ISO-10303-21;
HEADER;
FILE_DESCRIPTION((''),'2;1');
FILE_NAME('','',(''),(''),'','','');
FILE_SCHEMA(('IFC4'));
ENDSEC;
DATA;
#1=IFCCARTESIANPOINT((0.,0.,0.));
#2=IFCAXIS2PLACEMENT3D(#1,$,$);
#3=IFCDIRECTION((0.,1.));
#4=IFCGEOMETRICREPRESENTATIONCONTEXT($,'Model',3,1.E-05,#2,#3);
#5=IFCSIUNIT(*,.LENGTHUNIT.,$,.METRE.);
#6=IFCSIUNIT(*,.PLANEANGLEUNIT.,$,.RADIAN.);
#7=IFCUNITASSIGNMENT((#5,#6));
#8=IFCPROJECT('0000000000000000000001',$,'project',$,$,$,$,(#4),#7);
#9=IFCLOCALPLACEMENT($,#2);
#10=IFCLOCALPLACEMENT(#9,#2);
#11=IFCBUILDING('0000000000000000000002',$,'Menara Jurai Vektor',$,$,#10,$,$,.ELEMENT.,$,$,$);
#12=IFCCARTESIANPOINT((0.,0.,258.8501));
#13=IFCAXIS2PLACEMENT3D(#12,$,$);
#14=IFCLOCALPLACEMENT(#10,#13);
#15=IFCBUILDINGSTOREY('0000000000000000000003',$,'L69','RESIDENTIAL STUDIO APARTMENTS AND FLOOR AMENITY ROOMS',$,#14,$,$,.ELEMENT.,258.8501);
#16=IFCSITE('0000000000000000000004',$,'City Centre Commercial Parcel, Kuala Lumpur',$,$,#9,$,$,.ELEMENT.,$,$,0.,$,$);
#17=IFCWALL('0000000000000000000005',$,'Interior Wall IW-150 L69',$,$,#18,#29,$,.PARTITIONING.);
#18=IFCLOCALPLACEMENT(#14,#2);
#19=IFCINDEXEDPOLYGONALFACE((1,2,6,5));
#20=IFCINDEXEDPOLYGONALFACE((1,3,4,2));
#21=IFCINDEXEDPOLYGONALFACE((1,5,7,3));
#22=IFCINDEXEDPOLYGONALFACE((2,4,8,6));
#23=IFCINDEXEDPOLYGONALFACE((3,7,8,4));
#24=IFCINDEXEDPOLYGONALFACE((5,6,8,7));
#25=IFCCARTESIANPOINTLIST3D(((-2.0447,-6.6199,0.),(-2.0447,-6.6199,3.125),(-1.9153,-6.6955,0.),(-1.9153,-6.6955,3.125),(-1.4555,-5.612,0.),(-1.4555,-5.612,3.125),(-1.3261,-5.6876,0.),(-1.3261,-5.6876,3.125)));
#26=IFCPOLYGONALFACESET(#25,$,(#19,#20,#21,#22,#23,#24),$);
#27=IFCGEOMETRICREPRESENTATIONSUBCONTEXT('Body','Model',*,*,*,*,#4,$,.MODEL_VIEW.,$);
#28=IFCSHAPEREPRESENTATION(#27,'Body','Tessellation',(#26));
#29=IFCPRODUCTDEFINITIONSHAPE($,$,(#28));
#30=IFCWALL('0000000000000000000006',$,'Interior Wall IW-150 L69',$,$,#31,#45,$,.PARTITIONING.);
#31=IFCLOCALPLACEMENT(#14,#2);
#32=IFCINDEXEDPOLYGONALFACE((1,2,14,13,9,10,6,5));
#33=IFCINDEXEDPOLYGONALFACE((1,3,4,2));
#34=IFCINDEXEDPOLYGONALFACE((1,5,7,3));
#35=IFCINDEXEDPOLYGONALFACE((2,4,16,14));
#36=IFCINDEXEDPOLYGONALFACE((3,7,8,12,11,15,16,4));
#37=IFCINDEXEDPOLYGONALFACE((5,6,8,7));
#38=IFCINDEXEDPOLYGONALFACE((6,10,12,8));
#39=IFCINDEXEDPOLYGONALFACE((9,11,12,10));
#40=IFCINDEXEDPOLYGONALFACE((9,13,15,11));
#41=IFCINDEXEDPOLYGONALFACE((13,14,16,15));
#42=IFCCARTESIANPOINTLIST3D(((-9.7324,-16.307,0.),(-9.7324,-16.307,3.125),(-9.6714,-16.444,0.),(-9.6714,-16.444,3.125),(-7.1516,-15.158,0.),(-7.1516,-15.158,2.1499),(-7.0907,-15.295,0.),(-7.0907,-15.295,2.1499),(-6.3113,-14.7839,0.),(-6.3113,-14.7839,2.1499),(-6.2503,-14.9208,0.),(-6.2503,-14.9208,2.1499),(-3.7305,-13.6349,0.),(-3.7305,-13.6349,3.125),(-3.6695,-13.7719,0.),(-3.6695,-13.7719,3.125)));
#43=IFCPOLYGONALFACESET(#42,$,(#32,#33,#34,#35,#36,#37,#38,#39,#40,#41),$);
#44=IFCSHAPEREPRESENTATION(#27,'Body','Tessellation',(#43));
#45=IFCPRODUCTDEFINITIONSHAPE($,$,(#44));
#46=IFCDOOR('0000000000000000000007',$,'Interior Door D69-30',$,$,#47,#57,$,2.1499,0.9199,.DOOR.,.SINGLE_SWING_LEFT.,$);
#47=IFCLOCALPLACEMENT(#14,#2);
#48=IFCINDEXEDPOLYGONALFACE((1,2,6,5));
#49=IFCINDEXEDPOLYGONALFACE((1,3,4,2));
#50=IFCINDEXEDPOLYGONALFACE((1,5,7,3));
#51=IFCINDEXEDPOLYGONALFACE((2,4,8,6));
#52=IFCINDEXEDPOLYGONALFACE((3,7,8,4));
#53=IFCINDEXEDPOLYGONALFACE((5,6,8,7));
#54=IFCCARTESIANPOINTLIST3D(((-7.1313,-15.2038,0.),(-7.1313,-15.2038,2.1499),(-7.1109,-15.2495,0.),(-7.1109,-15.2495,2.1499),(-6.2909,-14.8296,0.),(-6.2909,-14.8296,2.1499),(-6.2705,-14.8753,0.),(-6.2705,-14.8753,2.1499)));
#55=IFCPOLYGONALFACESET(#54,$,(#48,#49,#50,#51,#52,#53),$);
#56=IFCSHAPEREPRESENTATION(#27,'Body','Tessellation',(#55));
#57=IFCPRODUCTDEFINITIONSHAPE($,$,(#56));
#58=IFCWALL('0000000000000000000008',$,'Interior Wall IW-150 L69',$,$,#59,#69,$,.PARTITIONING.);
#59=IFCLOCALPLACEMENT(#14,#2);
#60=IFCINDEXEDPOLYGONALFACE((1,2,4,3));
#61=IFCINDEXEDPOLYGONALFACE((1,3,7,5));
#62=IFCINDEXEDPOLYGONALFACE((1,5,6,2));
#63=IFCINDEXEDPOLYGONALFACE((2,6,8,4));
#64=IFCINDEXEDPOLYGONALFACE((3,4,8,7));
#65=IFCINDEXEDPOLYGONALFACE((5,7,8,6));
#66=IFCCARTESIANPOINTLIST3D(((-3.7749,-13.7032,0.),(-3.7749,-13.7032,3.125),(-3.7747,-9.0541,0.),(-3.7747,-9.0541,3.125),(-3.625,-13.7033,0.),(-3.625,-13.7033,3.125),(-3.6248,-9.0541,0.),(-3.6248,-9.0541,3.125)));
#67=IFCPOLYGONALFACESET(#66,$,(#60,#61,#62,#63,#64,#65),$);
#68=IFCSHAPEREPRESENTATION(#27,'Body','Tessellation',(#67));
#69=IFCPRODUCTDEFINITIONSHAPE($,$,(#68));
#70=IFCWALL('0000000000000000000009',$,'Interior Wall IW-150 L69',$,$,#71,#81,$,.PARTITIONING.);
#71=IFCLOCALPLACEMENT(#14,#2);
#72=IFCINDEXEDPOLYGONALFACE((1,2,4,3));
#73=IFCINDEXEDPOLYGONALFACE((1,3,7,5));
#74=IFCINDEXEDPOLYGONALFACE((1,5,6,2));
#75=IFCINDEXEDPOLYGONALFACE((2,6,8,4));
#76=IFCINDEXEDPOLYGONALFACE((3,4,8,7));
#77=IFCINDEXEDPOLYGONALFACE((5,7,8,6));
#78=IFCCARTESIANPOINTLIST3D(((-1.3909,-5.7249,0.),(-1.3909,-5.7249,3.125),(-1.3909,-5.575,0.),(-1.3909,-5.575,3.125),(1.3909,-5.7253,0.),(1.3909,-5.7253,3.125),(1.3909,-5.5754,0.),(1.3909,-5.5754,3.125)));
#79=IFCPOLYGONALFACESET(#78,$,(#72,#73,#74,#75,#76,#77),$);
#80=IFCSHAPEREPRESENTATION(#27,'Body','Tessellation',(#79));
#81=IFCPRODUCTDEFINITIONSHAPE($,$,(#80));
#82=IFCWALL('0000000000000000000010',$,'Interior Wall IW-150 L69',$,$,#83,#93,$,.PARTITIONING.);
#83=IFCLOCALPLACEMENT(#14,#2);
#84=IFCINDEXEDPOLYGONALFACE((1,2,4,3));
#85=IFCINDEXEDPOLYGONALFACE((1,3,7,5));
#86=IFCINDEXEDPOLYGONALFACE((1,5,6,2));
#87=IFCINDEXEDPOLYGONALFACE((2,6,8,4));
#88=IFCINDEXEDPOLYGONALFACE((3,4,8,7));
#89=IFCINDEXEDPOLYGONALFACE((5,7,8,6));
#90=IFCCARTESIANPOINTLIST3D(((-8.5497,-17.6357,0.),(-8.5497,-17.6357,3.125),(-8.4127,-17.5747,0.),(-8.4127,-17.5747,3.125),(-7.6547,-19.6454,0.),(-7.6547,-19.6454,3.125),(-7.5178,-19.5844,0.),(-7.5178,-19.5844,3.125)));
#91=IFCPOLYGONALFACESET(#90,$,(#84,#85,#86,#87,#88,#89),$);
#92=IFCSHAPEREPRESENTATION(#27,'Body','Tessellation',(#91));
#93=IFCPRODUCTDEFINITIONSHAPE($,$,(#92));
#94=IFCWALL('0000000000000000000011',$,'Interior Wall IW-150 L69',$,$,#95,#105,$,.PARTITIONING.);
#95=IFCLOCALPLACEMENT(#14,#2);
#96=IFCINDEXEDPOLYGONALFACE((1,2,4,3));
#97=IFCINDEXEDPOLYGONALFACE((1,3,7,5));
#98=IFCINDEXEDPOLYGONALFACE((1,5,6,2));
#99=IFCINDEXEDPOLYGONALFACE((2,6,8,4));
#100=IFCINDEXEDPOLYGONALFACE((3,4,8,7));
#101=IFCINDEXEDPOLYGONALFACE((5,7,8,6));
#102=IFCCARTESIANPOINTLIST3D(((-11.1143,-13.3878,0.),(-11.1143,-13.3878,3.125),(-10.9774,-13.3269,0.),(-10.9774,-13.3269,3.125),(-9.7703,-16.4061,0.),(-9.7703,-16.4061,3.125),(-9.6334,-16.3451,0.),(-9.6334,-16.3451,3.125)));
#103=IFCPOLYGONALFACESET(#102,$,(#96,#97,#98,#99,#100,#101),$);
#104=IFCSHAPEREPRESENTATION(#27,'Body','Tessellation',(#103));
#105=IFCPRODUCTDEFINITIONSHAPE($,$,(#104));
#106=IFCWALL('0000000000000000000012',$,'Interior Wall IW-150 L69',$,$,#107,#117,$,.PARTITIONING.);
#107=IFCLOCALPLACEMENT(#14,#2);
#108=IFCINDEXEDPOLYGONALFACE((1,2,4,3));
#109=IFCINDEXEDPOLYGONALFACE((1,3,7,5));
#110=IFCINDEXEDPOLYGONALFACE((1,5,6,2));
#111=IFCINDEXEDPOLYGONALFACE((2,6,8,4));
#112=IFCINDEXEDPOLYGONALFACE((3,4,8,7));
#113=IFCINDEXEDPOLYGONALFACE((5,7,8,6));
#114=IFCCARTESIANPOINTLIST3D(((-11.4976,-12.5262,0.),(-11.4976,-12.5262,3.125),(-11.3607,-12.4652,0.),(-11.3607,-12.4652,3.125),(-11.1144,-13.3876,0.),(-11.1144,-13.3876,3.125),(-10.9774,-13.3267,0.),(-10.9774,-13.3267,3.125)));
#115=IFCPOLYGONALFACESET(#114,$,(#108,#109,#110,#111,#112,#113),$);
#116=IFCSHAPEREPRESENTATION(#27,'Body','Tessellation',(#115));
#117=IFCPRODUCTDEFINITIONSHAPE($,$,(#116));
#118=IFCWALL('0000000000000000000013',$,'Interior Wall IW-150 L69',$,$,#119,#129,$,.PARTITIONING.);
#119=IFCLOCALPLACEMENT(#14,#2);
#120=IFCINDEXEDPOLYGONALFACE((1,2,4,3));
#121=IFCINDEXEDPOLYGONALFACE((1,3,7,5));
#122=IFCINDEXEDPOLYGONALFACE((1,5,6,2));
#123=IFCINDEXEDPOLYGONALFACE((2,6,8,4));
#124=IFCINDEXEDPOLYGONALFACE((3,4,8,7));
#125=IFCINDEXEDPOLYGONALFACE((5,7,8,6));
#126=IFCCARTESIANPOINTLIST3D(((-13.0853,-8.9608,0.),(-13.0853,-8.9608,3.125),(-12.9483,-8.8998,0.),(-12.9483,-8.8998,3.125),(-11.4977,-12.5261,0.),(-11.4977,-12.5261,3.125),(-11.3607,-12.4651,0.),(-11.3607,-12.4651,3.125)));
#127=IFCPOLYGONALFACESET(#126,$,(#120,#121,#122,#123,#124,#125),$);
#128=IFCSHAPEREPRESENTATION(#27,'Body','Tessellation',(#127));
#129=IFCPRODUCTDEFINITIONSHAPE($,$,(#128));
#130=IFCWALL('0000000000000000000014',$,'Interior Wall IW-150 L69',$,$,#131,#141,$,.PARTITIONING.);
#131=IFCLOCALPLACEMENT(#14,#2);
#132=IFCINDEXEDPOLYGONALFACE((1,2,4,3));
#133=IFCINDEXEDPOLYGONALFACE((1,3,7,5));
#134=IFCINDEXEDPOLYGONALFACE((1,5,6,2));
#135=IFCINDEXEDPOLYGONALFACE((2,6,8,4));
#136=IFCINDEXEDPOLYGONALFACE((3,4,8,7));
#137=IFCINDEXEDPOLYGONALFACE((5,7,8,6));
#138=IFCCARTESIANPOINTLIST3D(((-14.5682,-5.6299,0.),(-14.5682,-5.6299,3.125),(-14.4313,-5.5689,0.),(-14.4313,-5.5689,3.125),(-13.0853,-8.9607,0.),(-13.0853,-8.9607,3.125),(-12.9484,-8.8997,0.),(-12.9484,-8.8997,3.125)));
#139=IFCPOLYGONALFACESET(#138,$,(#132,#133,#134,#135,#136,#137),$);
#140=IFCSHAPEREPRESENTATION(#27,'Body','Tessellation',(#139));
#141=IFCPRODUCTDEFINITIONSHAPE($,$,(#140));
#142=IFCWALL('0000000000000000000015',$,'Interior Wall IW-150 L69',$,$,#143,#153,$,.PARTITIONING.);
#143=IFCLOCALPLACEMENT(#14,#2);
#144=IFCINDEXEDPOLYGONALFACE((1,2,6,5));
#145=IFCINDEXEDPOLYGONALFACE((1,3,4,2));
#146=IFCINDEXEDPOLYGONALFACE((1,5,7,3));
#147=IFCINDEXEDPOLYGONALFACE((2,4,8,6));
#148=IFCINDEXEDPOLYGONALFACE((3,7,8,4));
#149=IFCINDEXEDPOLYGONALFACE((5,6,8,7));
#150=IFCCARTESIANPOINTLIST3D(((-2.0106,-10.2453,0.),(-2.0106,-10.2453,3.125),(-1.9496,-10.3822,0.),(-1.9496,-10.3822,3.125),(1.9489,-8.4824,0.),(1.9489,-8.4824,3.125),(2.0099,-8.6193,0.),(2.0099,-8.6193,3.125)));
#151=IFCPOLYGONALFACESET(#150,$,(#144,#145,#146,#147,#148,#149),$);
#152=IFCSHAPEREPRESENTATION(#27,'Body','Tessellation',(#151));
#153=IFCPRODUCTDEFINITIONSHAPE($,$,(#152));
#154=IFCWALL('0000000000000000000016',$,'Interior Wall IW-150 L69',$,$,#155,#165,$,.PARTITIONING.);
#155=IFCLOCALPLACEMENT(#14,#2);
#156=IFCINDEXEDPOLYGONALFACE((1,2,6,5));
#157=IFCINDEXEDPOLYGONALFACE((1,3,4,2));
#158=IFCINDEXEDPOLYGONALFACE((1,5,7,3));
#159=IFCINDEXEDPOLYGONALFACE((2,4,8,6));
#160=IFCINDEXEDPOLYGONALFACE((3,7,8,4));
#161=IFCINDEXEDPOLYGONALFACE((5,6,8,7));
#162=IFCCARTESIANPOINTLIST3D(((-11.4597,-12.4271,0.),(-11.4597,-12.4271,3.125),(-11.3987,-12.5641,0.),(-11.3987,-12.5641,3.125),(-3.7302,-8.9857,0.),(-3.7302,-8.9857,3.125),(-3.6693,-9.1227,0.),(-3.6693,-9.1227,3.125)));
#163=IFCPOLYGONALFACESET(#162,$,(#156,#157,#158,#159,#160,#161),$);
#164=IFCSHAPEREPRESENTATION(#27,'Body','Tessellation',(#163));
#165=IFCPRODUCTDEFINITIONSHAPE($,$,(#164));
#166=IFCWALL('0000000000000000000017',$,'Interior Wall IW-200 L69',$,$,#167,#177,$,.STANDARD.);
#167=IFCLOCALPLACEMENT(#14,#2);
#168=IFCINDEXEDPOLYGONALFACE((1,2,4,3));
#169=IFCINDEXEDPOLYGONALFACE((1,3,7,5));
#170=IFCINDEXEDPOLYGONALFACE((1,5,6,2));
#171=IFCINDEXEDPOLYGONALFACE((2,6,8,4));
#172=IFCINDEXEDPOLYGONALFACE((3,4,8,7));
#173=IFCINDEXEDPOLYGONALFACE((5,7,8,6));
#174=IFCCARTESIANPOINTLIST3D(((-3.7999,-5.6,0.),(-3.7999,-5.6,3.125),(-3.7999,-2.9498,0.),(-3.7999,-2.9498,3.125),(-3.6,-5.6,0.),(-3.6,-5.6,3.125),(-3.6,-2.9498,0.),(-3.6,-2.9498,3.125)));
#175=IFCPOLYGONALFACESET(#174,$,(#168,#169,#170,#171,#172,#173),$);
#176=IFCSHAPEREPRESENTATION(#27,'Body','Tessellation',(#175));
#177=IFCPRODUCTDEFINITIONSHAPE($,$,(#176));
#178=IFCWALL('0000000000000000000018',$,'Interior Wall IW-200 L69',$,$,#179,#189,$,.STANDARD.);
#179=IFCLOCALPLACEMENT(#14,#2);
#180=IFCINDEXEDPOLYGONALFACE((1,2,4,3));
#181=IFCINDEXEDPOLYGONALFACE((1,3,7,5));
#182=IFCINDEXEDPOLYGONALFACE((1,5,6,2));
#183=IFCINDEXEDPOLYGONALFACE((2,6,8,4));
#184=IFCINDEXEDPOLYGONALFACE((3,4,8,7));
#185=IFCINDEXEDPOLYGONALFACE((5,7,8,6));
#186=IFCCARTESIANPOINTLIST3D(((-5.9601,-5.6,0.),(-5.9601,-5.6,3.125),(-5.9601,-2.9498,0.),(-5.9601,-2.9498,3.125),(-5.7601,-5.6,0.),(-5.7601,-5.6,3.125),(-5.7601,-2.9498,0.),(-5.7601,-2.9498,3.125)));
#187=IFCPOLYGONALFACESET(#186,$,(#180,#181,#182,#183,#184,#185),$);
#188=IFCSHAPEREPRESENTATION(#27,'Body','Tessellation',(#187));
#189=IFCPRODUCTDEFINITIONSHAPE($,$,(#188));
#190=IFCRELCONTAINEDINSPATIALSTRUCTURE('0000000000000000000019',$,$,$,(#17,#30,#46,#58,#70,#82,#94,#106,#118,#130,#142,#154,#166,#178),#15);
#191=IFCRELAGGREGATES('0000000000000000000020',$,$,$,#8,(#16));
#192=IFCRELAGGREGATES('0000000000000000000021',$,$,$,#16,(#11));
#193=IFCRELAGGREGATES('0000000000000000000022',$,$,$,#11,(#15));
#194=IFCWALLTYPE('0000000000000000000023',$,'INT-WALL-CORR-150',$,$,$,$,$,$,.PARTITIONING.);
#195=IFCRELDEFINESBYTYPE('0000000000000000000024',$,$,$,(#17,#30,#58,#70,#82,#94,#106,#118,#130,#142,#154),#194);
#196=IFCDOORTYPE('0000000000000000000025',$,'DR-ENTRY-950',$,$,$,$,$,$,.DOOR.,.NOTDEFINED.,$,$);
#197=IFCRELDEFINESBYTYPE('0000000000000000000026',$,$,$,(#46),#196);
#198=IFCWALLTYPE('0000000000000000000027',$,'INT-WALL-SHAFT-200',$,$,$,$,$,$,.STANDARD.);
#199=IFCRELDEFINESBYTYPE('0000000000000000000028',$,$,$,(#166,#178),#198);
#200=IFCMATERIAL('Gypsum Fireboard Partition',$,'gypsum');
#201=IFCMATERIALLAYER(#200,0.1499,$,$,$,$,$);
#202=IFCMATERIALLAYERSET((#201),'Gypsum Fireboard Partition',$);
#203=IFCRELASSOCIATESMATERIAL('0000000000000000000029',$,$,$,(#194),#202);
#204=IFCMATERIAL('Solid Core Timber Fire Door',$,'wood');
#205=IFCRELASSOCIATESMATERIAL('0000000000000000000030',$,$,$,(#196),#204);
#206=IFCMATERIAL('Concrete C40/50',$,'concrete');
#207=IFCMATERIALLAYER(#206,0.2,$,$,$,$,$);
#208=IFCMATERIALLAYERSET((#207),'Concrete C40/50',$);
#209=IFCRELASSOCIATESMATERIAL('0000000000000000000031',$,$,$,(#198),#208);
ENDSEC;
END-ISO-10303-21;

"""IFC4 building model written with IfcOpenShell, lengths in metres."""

from ifc_helpers import new_model, si_unit, direction, frame, frame_2d, origin, place, context, subcontext, project, spatial, rectangle, extrude, material, layer, layer_set, type_object, element, fill, save


model = new_model("IFC4")

# Units and contexts
model_context = context("Model", 3, precision=1e-05, world=origin(), true_north=direction((0.0, 1.0)))
body_context = subcontext(model_context, "Body", "Model", "MODEL_VIEW")
ifc_project = project(units=[si_unit("LENGTHUNIT", "METRE"), si_unit("PLANEANGLEUNIT", "RADIAN")], contexts=[model_context])

# Site, building, storey
site_placement = place(None, origin())
site = spatial("IfcSite", under=ifc_project, at=site_placement, Name="City Centre Commercial Parcel, Kuala Lumpur", CompositionType="ELEMENT", RefElevation=0.0)
building_placement = place(site_placement, origin())
building = spatial("IfcBuilding", under=site, at=building_placement, Name="Menara Jurai Vektor", CompositionType="ELEMENT")
storey_placement = place(building_placement, frame((0.0, 0.0, 258.8501)))
storey = spatial("IfcBuildingStorey", under=building, at=storey_placement, Name="L69", Description="RESIDENTIAL STUDIO APARTMENTS AND FLOOR AMENITY ROOMS", CompositionType="ELEMENT", Elevation=258.8501)

# Shared definitions
ifc_material_1 = material(Name="Gypsum Fireboard Partition", Category="gypsum")
ifc_layer_1 = layer(ifc_material_1, 0.1499)
ifc_layer_set_1 = layer_set([ifc_layer_1], Name="Gypsum Fireboard Partition")
wall_type_1 = type_object("IfcWallType", Name="INT-WALL-CORR-150", PredefinedType="PARTITIONING", material=ifc_layer_set_1)

# Shared definitions
ifc_material_2 = material(Name="Solid Core Timber Fire Door", Category="wood")
door_type = type_object("IfcDoorType", Name="DR-ENTRY-950", OperationType="NOTDEFINED", PredefinedType="DOOR", material=ifc_material_2)

# Wall
wall_1_placement = place(storey_placement, frame((-1.98, -6.6577, 0.0), z_axis=(0.0, 0.0, 1.0), x_axis=(0.504651, 0.863323, 0.0)))
element("IfcWall", 1, at=wall_1_placement, inside=storey, type_object=wall_type_1, Name="Interior Wall IW-150 L69", PredefinedType="PARTITIONING", context=body_context, shape_type="SweptSolid", body=[
    extrude(rectangle(XDim=1.1675, YDim=0.1499, at=frame_2d((0.5837, 0.0))), origin(), (0.0, 0.0, 1.0), 3.125),
])

# Wall, opening, door
wall_2_placement = place(storey_placement, frame((-9.7019, -16.3755, 0.0), z_axis=(0.0, 0.0, 1.0), x_axis=(0.913552, 0.406721, 0.0)))
wall_2 = element("IfcWall", 2, at=wall_2_placement, inside=storey, type_object=wall_type_1, Name="Interior Wall IW-150 L69", PredefinedType="PARTITIONING", context=body_context, shape_type="SweptSolid", body=[
    extrude(rectangle(XDim=6.5698, YDim=0.1499, at=frame_2d((3.2849, 0.0))), origin(), (0.0, 0.0, 1.0), 3.125),
])
opening_1_placement = place(wall_2_placement, frame((2.825, 0.0, 0.0)))
opening_1 = element("IfcOpeningElement", 3, at=opening_1_placement, cuts=wall_2, PredefinedType="OPENING", context=body_context, shape_type="SweptSolid", body=[
    extrude(rectangle(XDim=0.9199, YDim=2.1499, at=frame_2d((0.46, 1.075))), frame((0.0, 0.085, 0.0), z_axis=(0.0, -1.0, 0.0), x_axis=(1.0, 0.0, 0.0)), (0.0, 0.0, 1.0), 0.1699),
])
door_1_placement = place(opening_1_placement, origin())
door_1 = element("IfcDoor", 4, at=door_1_placement, inside=storey, type_object=door_type, Name="Interior Door D69-30", OperationType="SINGLE_SWING_LEFT", OverallHeight=2.1499, OverallWidth=0.9199, PredefinedType="DOOR", context=body_context, shape_type="SweptSolid", body=[
    extrude(rectangle(XDim=0.9199, YDim=2.1499, at=frame_2d((0.46, 1.075))), frame((0.0, 0.0249, 0.0), z_axis=(0.0, -1.0, 0.0), x_axis=(1.0, 0.0, 0.0)), (0.0, 0.0, 1.0), 0.05),
])
fill(opening_1, door_1)

# Wall
wall_3_placement = place(storey_placement, frame((-3.7, -13.7034, 0.0), z_axis=(0.0, 0.0, 1.0), x_axis=(0.000053, 1.0, 0.0)))
element("IfcWall", 5, at=wall_3_placement, inside=storey, type_object=wall_type_1, Name="Interior Wall IW-150 L69", PredefinedType="PARTITIONING", context=body_context, shape_type="SweptSolid", body=[
    extrude(rectangle(XDim=4.6492, YDim=0.1499, at=frame_2d((2.3247, 0.0))), origin(), (0.0, 0.0, 1.0), 3.125),
])

# Walls
wall_4_placement = place(storey_placement, frame((-1.3909, -5.6499, 0.0), z_axis=(0.0, 0.0, 1.0), x_axis=(1.0, -0.000176, 0.0)))
element("IfcWall", 6, at=wall_4_placement, inside=storey, type_object=wall_type_1, Name="Interior Wall IW-150 L69", PredefinedType="PARTITIONING", context=body_context, shape_type="SweptSolid", body=[
    extrude(rectangle(XDim=2.7817, YDim=0.1499, at=frame_2d((1.3909, 0.0))), origin(), (0.0, 0.0, 1.0), 3.125),
])
wall_5_placement = place(storey_placement, frame((-7.5862, -19.615, 0.0), z_axis=(0.0, 0.0, 1.0), x_axis=(-0.406818, 0.913509, 0.0)))
element("IfcWall", 7, at=wall_5_placement, inside=storey, type_object=wall_type_1, Name="Interior Wall IW-150 L69", PredefinedType="PARTITIONING", context=body_context, shape_type="SweptSolid", body=[
    extrude(rectangle(XDim=2.2, YDim=0.1499, at=frame_2d((1.1001, 0.0))), origin(), (0.0, 0.0, 1.0), 3.125),
])
wall_6_placement = place(storey_placement, frame((-9.7019, -16.3755, 0.0), z_axis=(0.0, 0.0, 1.0), x_axis=(-0.406776, 0.913528, 0.0)))
element("IfcWall", 8, at=wall_6_placement, inside=storey, type_object=wall_type_1, Name="Interior Wall IW-150 L69", PredefinedType="PARTITIONING", context=body_context, shape_type="SweptSolid", body=[
    extrude(rectangle(XDim=3.304, YDim=0.1499, at=frame_2d((1.6519, 0.0))), origin(), (0.0, 0.0, 1.0), 3.125),
])
wall_7_placement = place(storey_placement, frame((-11.0459, -13.3572, 0.0), z_axis=(0.0, 0.0, 1.0), x_axis=(-0.406475, 0.913662, 0.0)))
element("IfcWall", 9, at=wall_7_placement, inside=storey, type_object=wall_type_1, Name="Interior Wall IW-150 L69", PredefinedType="PARTITIONING", context=body_context, shape_type="SweptSolid", body=[
    extrude(rectangle(XDim=0.9429, YDim=0.1499, at=frame_2d((0.4714, 0.0))), origin(), (0.0, 0.0, 1.0), 3.125),
])
wall_8_placement = place(storey_placement, frame((-11.4292, -12.4956, 0.0), z_axis=(0.0, 0.0, 1.0), x_axis=(-0.406783, 0.913525, 0.0)))
element("IfcWall", 10, at=wall_8_placement, inside=storey, type_object=wall_type_1, Name="Interior Wall IW-150 L69", PredefinedType="PARTITIONING", context=body_context, shape_type="SweptSolid", body=[
    extrude(rectangle(XDim=3.9028, YDim=0.1499, at=frame_2d((1.9514, 0.0))), origin(), (0.0, 0.0, 1.0), 3.125),
])
wall_9_placement = place(storey_placement, frame((-13.0168, -8.9302, 0.0), z_axis=(0.0, 0.0, 1.0), x_axis=(-0.406722, 0.913552, 0.0)))
element("IfcWall", 11, at=wall_9_placement, inside=storey, type_object=wall_type_1, Name="Interior Wall IW-150 L69", PredefinedType="PARTITIONING", context=body_context, shape_type="SweptSolid", body=[
    extrude(rectangle(XDim=3.646, YDim=0.1499, at=frame_2d((1.823, 0.0))), origin(), (0.0, 0.0, 1.0), 3.125),
])
wall_10_placement = place(storey_placement, frame((-1.98, -10.3137, 0.0), z_axis=(0.0, 0.0, 1.0), x_axis=(0.91354, 0.40675, 0.0)))
element("IfcWall", 12, at=wall_10_placement, inside=storey, type_object=wall_type_1, Name="Interior Wall IW-150 L69", PredefinedType="PARTITIONING", context=body_context, shape_type="SweptSolid", body=[
    extrude(rectangle(XDim=4.3342, YDim=0.1499, at=frame_2d((2.167, 0.0))), origin(), (0.0, 0.0, 1.0), 3.125),
])
wall_11_placement = place(storey_placement, frame((-11.4292, -12.4956, 0.0), z_axis=(0.0, 0.0, 1.0), x_axis=(0.913545, 0.406738, 0.0)))
element("IfcWall", 13, at=wall_11_placement, inside=storey, type_object=wall_type_1, Name="Interior Wall IW-150 L69", PredefinedType="PARTITIONING", context=body_context, shape_type="SweptSolid", body=[
    extrude(rectangle(XDim=8.4609, YDim=0.1499, at=frame_2d((4.2305, 0.0))), origin(), (0.0, 0.0, 1.0), 3.125),
])
ifc_material_3 = material(Name="Concrete C40/50", Category="concrete")
ifc_layer_2 = layer(ifc_material_3, 0.2)
ifc_layer_set_2 = layer_set([ifc_layer_2], Name="Concrete C40/50")
wall_type_2 = type_object("IfcWallType", Name="INT-WALL-SHAFT-200", PredefinedType="STANDARD", material=ifc_layer_set_2)
for number, where, z_axis, x_axis, name in (
    (14, (-3.7, -5.6001, 0.0), (0.0, 0.0, 1.0), (0.0, 1.0, 0.0), "Interior Wall IW-200 L69"),
    (15, (-5.8601, -5.6001, 0.0), (0.0, 0.0, 1.0), (0.0, 1.0, 0.0), "Interior Wall IW-200 L69"),
):
    element("IfcWall", number, at=place(storey_placement, frame(where, z_axis=z_axis, x_axis=x_axis)), inside=storey, type_object=wall_type_2, Name=name, PredefinedType="STANDARD", context=body_context, shape_type="SweptSolid", body=[
        extrude(rectangle(XDim=2.6501, YDim=0.2, at=frame_2d((1.3252, 0.0))), origin(), (0.0, 0.0, 1.0), 3.125),
    ])

save(model, "model.ifc")
